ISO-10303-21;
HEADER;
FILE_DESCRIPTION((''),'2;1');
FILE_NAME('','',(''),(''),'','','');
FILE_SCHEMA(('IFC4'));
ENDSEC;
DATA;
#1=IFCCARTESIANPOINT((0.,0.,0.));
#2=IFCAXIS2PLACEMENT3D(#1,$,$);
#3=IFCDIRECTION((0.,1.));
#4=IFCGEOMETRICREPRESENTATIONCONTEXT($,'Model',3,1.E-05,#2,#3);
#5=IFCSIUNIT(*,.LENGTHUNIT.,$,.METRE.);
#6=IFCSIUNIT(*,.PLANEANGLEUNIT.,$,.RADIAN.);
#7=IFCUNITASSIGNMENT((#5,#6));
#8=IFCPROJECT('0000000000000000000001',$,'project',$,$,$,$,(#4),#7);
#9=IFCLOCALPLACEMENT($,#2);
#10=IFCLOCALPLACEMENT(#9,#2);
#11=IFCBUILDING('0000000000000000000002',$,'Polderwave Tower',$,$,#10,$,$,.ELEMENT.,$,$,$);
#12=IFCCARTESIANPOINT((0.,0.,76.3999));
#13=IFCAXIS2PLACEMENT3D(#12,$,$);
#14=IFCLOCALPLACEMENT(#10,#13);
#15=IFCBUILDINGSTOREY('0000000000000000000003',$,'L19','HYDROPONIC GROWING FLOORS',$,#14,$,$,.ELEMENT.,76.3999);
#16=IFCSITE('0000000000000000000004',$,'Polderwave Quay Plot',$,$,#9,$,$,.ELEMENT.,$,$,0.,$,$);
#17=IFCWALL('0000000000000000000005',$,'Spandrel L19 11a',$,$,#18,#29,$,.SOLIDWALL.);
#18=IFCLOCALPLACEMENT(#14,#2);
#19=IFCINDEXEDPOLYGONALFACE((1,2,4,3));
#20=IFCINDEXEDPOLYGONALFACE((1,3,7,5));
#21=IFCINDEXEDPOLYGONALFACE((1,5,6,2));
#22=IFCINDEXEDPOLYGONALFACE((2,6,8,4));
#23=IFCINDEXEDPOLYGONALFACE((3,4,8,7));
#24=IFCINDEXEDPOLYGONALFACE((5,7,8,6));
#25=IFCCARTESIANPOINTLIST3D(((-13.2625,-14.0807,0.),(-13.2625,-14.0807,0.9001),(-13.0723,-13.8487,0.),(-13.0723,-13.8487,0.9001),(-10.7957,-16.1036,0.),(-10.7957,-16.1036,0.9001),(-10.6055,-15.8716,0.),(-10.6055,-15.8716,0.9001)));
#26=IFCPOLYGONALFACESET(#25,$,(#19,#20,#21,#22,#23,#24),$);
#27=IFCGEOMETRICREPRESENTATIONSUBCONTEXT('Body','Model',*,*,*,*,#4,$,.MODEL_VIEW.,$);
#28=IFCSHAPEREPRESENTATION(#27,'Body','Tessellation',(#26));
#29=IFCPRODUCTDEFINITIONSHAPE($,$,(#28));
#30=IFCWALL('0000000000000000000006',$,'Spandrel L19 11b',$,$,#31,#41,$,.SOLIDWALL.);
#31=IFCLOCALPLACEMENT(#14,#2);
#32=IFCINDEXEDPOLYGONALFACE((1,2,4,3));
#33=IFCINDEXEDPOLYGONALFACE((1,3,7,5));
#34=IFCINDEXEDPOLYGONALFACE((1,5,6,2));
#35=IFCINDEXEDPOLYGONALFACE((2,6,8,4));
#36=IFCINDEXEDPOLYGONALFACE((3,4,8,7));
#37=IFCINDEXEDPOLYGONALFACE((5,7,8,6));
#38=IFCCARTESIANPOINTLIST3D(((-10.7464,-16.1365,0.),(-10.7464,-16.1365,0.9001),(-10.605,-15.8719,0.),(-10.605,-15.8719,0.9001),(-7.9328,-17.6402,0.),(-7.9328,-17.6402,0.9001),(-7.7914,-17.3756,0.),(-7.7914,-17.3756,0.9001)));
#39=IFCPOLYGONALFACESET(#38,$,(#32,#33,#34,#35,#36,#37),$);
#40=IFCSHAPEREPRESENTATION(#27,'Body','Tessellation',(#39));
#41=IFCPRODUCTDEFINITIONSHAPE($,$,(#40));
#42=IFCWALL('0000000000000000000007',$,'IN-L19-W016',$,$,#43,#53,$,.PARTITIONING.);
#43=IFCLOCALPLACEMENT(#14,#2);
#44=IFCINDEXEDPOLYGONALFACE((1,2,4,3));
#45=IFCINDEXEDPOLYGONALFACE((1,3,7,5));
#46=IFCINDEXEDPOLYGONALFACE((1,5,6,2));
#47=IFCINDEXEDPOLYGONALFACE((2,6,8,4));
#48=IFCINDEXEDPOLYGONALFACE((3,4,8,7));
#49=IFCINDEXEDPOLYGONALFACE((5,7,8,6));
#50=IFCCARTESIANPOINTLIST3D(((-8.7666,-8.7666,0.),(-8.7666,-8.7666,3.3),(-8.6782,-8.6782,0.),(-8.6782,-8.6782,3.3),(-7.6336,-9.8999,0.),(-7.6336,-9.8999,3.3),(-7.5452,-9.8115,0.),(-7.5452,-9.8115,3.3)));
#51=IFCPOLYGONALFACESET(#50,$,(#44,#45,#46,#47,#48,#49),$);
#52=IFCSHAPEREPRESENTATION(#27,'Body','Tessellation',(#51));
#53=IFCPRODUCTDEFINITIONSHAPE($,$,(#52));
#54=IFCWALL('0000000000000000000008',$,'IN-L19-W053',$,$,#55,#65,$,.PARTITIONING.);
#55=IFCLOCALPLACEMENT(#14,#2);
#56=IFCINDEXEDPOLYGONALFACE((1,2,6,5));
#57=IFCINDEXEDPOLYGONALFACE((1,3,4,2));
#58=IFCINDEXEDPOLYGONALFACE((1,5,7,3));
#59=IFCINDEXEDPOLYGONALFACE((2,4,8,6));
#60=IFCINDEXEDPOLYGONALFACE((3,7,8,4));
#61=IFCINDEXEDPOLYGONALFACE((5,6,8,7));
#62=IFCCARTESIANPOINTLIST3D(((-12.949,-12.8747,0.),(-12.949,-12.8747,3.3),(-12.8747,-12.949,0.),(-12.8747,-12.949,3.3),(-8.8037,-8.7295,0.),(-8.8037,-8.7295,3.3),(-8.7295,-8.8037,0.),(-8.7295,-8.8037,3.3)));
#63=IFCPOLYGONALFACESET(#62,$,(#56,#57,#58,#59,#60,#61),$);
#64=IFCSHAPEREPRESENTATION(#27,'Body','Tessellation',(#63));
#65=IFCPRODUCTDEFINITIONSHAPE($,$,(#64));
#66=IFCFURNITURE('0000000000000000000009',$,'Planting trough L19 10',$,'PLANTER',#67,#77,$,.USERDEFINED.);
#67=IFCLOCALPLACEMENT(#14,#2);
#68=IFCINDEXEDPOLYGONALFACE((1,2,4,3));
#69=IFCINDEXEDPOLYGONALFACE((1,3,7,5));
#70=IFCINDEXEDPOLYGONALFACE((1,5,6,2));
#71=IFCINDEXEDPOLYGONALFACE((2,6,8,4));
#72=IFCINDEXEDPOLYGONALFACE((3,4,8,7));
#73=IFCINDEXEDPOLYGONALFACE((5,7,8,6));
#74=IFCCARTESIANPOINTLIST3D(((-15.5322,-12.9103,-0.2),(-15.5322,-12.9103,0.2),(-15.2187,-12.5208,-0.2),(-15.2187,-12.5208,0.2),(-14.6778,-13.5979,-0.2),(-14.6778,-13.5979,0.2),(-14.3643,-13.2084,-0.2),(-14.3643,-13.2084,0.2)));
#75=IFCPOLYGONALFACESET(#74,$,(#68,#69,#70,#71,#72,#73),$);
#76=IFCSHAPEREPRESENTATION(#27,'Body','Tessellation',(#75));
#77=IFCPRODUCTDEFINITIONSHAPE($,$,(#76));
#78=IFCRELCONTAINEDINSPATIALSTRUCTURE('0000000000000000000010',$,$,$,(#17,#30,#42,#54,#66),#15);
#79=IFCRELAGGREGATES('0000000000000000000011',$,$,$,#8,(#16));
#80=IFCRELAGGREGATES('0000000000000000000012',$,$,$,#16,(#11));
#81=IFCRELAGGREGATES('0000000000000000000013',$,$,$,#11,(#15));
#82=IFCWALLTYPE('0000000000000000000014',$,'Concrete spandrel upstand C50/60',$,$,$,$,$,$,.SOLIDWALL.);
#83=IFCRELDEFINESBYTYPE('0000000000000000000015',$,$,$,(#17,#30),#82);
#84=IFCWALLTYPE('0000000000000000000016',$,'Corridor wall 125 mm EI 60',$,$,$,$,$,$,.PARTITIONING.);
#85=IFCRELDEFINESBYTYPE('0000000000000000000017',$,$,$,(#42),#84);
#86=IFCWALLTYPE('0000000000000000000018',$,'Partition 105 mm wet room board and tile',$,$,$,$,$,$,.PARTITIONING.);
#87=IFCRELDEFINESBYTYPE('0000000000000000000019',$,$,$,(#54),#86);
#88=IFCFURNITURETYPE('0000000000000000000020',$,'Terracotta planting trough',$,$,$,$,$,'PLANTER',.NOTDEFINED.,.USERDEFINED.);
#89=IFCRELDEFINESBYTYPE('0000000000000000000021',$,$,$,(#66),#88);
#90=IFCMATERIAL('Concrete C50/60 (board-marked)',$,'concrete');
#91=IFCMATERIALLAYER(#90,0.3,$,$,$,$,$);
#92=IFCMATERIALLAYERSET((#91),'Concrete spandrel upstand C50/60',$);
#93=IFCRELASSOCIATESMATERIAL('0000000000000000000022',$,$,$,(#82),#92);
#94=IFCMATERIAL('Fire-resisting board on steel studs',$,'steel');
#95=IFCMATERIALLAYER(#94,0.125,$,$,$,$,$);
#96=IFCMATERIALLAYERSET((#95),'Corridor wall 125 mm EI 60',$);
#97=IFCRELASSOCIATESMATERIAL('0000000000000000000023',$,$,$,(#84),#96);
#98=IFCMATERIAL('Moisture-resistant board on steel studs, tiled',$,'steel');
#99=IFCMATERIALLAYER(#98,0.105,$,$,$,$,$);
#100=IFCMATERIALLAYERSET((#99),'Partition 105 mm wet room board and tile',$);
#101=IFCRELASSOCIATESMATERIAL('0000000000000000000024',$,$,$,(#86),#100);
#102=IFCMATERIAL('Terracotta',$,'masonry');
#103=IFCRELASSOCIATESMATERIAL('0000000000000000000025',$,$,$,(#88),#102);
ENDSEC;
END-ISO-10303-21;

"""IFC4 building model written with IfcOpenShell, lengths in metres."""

from ifc_helpers import new_model, si_unit, direction, frame, frame_2d, origin, origin_2d, place, context, subcontext, project, spatial, rectangle, extrude, material, layer, layer_set, type_object, element, save


model = new_model("IFC4")

# Units and contexts
model_context = context("Model", 3, precision=1e-05, world=origin(), true_north=direction((0.0, 1.0)))
body_context = subcontext(model_context, "Body", "Model", "MODEL_VIEW")
ifc_project = project(units=[si_unit("LENGTHUNIT", "METRE"), si_unit("PLANEANGLEUNIT", "RADIAN")], contexts=[model_context])

# Site, building, storey
site_placement = place(None, origin())
site = spatial("IfcSite", under=ifc_project, at=site_placement, Name="Polderwave Quay Plot", CompositionType="ELEMENT", RefElevation=0.0)
building_placement = place(site_placement, origin())
building = spatial("IfcBuilding", under=site, at=building_placement, Name="Polderwave Tower", CompositionType="ELEMENT")
storey_placement = place(building_placement, frame((0.0, 0.0, 76.3999)))
storey = spatial("IfcBuildingStorey", under=building, at=storey_placement, Name="L19", Description="HYDROPONIC GROWING FLOORS", CompositionType="ELEMENT", Elevation=76.3999)

# Walls
ifc_material_1 = material(Name="Concrete C50/60 (board-marked)", Category="concrete")
ifc_layer_1 = layer(ifc_material_1, 0.3)
ifc_layer_set_1 = layer_set([ifc_layer_1], Name="Concrete spandrel upstand C50/60")
wall_type_1 = type_object("IfcWallType", Name="Concrete spandrel upstand C50/60", PredefinedType="SOLIDWALL", material=ifc_layer_set_1)
for number, where, z_axis, x_axis, name in (
    (1, (-13.1675, -13.9646, 0.0), (0.0, 0.0, 1.0), (0.773241, -0.634113, 0.0), "Spandrel L19 11a"),
    (2, (-10.6758, -16.0042, 0.0), (0.0, 0.0, 1.0), (0.881944, -0.471355, 0.0), "Spandrel L19 11b"),
):
    element("IfcWall", number, at=place(storey_placement, frame(where, z_axis=z_axis, x_axis=x_axis)), inside=storey, type_object=wall_type_1, Name=name, PredefinedType="SOLIDWALL", context=body_context, shape_type="SweptSolid", body=[
        extrude(rectangle(XDim=3.1902, YDim=0.3, at=frame_2d((1.5952, 0.0))), origin(), (0.0, 0.0, 1.0), 0.9001),
    ])
ifc_material_2 = material(Name="Fire-resisting board on steel studs", Category="steel")
ifc_layer_2 = layer(ifc_material_2, 0.125)
ifc_layer_set_2 = layer_set([ifc_layer_2], Name="Corridor wall 125 mm EI 60")
wall_type_2 = type_object("IfcWallType", Name="Corridor wall 125 mm EI 60", PredefinedType="PARTITIONING", material=ifc_layer_set_2)
wall_1_placement = place(storey_placement, frame((-7.5894, -9.8557, 0.0), z_axis=(0.0, 0.0, 1.0), x_axis=(-0.707031, 0.707183, 0.0)))
element("IfcWall", 3, at=wall_1_placement, inside=storey, type_object=wall_type_2, Name="IN-L19-W016", PredefinedType="PARTITIONING", context=body_context, shape_type="SweptSolid", body=[
    extrude(rectangle(XDim=1.6025, YDim=0.125, at=frame_2d((0.8013, 0.0))), origin(), (0.0, 0.0, 1.0), 3.3),
])
ifc_material_3 = material(Name="Moisture-resistant board on steel studs, tiled", Category="steel")
ifc_layer_3 = layer(ifc_material_3, 0.105)
ifc_layer_set_3 = layer_set([ifc_layer_3], Name="Partition 105 mm wet room board and tile")
wall_type_3 = type_object("IfcWallType", Name="Partition 105 mm wet room board and tile", PredefinedType="PARTITIONING", material=ifc_layer_set_3)
wall_2_placement = place(storey_placement, frame((-12.9119, -12.9119, 0.0), z_axis=(0.0, 0.0, 1.0), x_axis=(0.707107, 0.707107, 0.0)))
element("IfcWall", 4, at=wall_2_placement, inside=storey, type_object=wall_type_3, Name="IN-L19-W053", PredefinedType="PARTITIONING", context=body_context, shape_type="SweptSolid", body=[
    extrude(rectangle(XDim=5.8623, YDim=0.105, at=frame_2d((2.9312, 0.0))), origin(), (0.0, 0.0, 1.0), 3.3),
])

# Furniture
ifc_material_4 = material(Name="Terracotta", Category="masonry")
furniture_type = type_object("IfcFurnitureType", Name="Terracotta planting trough", ElementType="PLANTER", AssemblyPlace="NOTDEFINED", PredefinedType="USERDEFINED", material=ifc_material_4)
furniture_placement = place(storey_placement, frame((-14.9482, -13.0593, -0.2), z_axis=(0.0, 0.0, 1.0), x_axis=(0.779031, -0.626986, 0.0)))
element("IfcFurniture", 5, at=furniture_placement, inside=storey, type_object=furniture_type, Name="Planting trough L19 10", ObjectType="PLANTER", PredefinedType="USERDEFINED", context=body_context, shape_type="SweptSolid", body=[
    extrude(rectangle(XDim=1.0967, YDim=0.5, at=origin_2d()), origin(), (0.0, 0.0, 1.0), 0.3999),
])

save(model, "model.ifc")
